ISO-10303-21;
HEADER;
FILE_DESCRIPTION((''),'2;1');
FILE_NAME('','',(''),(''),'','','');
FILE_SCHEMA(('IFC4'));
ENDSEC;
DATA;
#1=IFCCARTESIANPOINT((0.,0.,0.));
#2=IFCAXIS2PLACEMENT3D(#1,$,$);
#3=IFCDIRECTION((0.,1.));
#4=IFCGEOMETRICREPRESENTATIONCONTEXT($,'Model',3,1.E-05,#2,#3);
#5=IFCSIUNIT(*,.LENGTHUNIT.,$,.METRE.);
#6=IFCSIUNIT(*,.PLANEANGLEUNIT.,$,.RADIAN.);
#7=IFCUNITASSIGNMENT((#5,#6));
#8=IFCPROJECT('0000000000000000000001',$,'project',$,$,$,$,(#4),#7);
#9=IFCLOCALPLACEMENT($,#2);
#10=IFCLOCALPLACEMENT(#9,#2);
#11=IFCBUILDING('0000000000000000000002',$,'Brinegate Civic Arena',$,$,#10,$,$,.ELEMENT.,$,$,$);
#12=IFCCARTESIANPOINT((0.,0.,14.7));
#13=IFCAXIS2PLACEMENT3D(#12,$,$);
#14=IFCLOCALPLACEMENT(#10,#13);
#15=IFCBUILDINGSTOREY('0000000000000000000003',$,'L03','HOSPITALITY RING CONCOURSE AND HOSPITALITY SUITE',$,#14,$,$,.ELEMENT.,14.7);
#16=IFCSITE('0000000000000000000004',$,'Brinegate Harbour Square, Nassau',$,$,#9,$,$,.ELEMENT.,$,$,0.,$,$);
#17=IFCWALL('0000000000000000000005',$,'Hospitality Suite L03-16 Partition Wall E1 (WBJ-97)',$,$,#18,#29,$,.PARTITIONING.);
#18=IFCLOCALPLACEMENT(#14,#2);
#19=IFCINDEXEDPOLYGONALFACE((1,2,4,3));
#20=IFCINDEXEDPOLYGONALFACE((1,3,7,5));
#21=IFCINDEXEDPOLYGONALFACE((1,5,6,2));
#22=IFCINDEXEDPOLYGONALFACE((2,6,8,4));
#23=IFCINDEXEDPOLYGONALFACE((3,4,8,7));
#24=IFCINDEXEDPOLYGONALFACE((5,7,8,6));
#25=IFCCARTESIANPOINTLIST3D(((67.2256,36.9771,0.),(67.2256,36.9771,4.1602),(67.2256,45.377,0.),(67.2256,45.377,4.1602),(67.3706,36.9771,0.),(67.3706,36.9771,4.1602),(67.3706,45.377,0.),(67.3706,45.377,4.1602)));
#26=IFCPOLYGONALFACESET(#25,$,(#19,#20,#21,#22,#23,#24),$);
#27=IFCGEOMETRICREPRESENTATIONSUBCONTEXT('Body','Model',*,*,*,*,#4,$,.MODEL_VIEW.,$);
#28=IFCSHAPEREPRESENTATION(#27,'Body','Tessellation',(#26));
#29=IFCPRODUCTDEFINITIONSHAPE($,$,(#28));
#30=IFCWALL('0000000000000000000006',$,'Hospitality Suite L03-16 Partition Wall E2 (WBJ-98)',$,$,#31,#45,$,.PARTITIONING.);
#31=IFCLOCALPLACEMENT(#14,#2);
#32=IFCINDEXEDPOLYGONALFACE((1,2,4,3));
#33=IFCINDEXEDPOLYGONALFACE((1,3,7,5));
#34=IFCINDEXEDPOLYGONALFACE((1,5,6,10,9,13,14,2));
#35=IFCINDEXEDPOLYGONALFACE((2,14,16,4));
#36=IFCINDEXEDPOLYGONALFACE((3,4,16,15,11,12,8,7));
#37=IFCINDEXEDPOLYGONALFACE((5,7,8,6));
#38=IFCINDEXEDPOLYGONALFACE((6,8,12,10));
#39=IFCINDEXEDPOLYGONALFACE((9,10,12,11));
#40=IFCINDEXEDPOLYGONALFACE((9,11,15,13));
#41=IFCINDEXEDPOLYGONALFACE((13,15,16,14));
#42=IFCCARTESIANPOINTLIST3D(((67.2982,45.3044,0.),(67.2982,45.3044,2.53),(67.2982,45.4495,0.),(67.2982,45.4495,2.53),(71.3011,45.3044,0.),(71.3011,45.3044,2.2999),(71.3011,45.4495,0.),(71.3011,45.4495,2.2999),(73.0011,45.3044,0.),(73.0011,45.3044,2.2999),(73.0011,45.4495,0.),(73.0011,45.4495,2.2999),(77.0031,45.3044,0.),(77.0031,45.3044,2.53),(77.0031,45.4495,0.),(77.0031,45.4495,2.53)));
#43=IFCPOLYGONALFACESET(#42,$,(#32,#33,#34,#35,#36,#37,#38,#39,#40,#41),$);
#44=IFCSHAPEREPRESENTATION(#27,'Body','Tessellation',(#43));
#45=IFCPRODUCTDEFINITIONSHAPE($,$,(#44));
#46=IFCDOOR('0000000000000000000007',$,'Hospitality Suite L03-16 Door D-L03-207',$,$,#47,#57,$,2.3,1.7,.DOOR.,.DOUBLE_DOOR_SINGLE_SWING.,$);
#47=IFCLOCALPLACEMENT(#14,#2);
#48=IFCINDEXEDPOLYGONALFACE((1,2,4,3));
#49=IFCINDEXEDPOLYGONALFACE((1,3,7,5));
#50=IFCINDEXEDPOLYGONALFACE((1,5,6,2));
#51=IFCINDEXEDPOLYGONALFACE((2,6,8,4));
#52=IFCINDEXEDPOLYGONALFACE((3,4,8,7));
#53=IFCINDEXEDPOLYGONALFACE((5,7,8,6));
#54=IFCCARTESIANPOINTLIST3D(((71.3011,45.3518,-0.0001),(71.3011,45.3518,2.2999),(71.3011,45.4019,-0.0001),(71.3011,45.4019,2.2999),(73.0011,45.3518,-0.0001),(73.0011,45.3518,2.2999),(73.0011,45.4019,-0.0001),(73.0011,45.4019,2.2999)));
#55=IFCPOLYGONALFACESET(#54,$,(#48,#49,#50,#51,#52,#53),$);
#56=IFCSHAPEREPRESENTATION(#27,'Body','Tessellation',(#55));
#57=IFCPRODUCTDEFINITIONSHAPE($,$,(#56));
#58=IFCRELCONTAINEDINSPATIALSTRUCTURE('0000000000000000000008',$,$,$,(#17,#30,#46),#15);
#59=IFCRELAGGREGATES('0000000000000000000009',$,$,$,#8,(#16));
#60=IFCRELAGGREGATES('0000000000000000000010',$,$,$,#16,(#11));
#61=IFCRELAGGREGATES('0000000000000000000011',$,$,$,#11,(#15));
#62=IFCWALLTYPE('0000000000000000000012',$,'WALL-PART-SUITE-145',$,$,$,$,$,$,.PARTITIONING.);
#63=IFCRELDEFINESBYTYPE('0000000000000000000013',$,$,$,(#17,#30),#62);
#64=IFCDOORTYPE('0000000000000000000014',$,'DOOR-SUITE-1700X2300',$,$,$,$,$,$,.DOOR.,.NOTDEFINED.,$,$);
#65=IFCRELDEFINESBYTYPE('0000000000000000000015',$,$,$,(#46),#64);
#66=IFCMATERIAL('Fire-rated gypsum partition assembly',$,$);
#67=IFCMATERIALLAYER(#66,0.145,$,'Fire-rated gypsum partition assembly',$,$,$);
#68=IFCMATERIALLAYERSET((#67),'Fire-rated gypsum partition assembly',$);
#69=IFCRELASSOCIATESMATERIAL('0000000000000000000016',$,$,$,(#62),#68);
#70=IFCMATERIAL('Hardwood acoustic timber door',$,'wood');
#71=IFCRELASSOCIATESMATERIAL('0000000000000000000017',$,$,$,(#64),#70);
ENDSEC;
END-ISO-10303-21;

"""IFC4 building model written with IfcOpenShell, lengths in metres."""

from ifc_helpers import new_model, si_unit, direction, frame, frame_2d, origin, place, context, subcontext, project, spatial, rectangle, extrude, material, layer, layer_set, type_object, element, fill, save


model = new_model("IFC4")

# Units and contexts
model_context = context("Model", 3, precision=1e-05, world=origin(), true_north=direction((0.0, 1.0)))
body_context = subcontext(model_context, "Body", "Model", "MODEL_VIEW")
ifc_project = project(units=[si_unit("LENGTHUNIT", "METRE"), si_unit("PLANEANGLEUNIT", "RADIAN")], contexts=[model_context])

# Site, building, storey
site_placement = place(None, origin())
site = spatial("IfcSite", under=ifc_project, at=site_placement, Name="Brinegate Harbour Square, Nassau", CompositionType="ELEMENT", RefElevation=0.0)
building_placement = place(site_placement, origin())
building = spatial("IfcBuilding", under=site, at=building_placement, Name="Brinegate Civic Arena", CompositionType="ELEMENT")
storey_placement = place(building_placement, frame((0.0, 0.0, 14.7)))
storey = spatial("IfcBuildingStorey", under=building, at=storey_placement, Name="L03", Description="HOSPITALITY RING CONCOURSE AND HOSPITALITY SUITE", CompositionType="ELEMENT", Elevation=14.7)

# Shared definitions
ifc_material_1 = material(Name="Hardwood acoustic timber door", Category="wood")

# Wall
ifc_material_2 = material(Name="Fire-rated gypsum partition assembly")
ifc_layer_1 = layer(ifc_material_2, 0.145, Name="Fire-rated gypsum partition assembly")
ifc_layer_set_1 = layer_set([ifc_layer_1], Name="Fire-rated gypsum partition assembly")
wall_type_1 = type_object("IfcWallType", Name="WALL-PART-SUITE-145", PredefinedType="PARTITIONING", material=ifc_layer_set_1)
wall_1_placement = place(storey_placement, frame((67.2981, 36.9771, 0.0), z_axis=(0.0, 0.0, 1.0), x_axis=(0.0, 1.0, 0.0)))
element("IfcWall", 1, at=wall_1_placement, inside=storey, type_object=wall_type_1, Name="Hospitality Suite L03-16 Partition Wall E1 (WBJ-97)", PredefinedType="PARTITIONING", context=body_context, shape_type="SweptSolid", body=[
    extrude(rectangle(XDim=8.3999, YDim=0.145, at=frame_2d((4.2, 0.0))), origin(), (0.0, 0.0, 1.0), 4.1602),
])

# Wall, opening, door
wall_2_placement = place(storey_placement, frame((67.2981, 45.377, 0.0), z_axis=(0.0, 0.0, 1.0), x_axis=(1.0, 0.0, 0.0)))
wall_2 = element("IfcWall", 2, at=wall_2_placement, inside=storey, type_object=wall_type_1, Name="Hospitality Suite L03-16 Partition Wall E2 (WBJ-98)", PredefinedType="PARTITIONING", context=body_context, shape_type="SweptSolid", body=[
    extrude(rectangle(XDim=9.7048, YDim=0.145, at=frame_2d((4.8525, 0.0))), origin(), (0.0, 0.0, 1.0), 2.53),
])
opening_1_placement = place(wall_2_placement, frame((4.0029, 0.0, 0.0)))
opening_1 = element("IfcOpeningElement", 3, at=opening_1_placement, cuts=wall_2, PredefinedType="OPENING", context=body_context, shape_type="SweptSolid", body=[
    extrude(rectangle(XDim=1.7, YDim=2.3, at=frame_2d((0.8501, 1.1499))), frame((0.0, 0.0825, 0.0), z_axis=(0.0, -1.0, 0.0), x_axis=(1.0, 0.0, 0.0)), (0.0, 0.0, 1.0), 0.165),
])
door_type_1 = type_object("IfcDoorType", Name="DOOR-SUITE-1700X2300", OperationType="NOTDEFINED", PredefinedType="DOOR", material=ifc_material_1)
door_1_placement = place(opening_1_placement, origin())
door_1 = element("IfcDoor", 4, at=door_1_placement, inside=storey, type_object=door_type_1, Name="Hospitality Suite L03-16 Door D-L03-207", OperationType="DOUBLE_DOOR_SINGLE_SWING", OverallHeight=2.3, OverallWidth=1.7, PredefinedType="DOOR", context=body_context, shape_type="SweptSolid", body=[
    extrude(rectangle(XDim=1.7, YDim=2.3, at=frame_2d((0.8501, 1.1499))), frame((0.0, 0.0249, 0.0), z_axis=(0.0, -1.0, 0.0), x_axis=(1.0, 0.0, 0.0)), (0.0, 0.0, 1.0), 0.05),
])
fill(opening_1, door_1)

save(model, "model.ifc")
